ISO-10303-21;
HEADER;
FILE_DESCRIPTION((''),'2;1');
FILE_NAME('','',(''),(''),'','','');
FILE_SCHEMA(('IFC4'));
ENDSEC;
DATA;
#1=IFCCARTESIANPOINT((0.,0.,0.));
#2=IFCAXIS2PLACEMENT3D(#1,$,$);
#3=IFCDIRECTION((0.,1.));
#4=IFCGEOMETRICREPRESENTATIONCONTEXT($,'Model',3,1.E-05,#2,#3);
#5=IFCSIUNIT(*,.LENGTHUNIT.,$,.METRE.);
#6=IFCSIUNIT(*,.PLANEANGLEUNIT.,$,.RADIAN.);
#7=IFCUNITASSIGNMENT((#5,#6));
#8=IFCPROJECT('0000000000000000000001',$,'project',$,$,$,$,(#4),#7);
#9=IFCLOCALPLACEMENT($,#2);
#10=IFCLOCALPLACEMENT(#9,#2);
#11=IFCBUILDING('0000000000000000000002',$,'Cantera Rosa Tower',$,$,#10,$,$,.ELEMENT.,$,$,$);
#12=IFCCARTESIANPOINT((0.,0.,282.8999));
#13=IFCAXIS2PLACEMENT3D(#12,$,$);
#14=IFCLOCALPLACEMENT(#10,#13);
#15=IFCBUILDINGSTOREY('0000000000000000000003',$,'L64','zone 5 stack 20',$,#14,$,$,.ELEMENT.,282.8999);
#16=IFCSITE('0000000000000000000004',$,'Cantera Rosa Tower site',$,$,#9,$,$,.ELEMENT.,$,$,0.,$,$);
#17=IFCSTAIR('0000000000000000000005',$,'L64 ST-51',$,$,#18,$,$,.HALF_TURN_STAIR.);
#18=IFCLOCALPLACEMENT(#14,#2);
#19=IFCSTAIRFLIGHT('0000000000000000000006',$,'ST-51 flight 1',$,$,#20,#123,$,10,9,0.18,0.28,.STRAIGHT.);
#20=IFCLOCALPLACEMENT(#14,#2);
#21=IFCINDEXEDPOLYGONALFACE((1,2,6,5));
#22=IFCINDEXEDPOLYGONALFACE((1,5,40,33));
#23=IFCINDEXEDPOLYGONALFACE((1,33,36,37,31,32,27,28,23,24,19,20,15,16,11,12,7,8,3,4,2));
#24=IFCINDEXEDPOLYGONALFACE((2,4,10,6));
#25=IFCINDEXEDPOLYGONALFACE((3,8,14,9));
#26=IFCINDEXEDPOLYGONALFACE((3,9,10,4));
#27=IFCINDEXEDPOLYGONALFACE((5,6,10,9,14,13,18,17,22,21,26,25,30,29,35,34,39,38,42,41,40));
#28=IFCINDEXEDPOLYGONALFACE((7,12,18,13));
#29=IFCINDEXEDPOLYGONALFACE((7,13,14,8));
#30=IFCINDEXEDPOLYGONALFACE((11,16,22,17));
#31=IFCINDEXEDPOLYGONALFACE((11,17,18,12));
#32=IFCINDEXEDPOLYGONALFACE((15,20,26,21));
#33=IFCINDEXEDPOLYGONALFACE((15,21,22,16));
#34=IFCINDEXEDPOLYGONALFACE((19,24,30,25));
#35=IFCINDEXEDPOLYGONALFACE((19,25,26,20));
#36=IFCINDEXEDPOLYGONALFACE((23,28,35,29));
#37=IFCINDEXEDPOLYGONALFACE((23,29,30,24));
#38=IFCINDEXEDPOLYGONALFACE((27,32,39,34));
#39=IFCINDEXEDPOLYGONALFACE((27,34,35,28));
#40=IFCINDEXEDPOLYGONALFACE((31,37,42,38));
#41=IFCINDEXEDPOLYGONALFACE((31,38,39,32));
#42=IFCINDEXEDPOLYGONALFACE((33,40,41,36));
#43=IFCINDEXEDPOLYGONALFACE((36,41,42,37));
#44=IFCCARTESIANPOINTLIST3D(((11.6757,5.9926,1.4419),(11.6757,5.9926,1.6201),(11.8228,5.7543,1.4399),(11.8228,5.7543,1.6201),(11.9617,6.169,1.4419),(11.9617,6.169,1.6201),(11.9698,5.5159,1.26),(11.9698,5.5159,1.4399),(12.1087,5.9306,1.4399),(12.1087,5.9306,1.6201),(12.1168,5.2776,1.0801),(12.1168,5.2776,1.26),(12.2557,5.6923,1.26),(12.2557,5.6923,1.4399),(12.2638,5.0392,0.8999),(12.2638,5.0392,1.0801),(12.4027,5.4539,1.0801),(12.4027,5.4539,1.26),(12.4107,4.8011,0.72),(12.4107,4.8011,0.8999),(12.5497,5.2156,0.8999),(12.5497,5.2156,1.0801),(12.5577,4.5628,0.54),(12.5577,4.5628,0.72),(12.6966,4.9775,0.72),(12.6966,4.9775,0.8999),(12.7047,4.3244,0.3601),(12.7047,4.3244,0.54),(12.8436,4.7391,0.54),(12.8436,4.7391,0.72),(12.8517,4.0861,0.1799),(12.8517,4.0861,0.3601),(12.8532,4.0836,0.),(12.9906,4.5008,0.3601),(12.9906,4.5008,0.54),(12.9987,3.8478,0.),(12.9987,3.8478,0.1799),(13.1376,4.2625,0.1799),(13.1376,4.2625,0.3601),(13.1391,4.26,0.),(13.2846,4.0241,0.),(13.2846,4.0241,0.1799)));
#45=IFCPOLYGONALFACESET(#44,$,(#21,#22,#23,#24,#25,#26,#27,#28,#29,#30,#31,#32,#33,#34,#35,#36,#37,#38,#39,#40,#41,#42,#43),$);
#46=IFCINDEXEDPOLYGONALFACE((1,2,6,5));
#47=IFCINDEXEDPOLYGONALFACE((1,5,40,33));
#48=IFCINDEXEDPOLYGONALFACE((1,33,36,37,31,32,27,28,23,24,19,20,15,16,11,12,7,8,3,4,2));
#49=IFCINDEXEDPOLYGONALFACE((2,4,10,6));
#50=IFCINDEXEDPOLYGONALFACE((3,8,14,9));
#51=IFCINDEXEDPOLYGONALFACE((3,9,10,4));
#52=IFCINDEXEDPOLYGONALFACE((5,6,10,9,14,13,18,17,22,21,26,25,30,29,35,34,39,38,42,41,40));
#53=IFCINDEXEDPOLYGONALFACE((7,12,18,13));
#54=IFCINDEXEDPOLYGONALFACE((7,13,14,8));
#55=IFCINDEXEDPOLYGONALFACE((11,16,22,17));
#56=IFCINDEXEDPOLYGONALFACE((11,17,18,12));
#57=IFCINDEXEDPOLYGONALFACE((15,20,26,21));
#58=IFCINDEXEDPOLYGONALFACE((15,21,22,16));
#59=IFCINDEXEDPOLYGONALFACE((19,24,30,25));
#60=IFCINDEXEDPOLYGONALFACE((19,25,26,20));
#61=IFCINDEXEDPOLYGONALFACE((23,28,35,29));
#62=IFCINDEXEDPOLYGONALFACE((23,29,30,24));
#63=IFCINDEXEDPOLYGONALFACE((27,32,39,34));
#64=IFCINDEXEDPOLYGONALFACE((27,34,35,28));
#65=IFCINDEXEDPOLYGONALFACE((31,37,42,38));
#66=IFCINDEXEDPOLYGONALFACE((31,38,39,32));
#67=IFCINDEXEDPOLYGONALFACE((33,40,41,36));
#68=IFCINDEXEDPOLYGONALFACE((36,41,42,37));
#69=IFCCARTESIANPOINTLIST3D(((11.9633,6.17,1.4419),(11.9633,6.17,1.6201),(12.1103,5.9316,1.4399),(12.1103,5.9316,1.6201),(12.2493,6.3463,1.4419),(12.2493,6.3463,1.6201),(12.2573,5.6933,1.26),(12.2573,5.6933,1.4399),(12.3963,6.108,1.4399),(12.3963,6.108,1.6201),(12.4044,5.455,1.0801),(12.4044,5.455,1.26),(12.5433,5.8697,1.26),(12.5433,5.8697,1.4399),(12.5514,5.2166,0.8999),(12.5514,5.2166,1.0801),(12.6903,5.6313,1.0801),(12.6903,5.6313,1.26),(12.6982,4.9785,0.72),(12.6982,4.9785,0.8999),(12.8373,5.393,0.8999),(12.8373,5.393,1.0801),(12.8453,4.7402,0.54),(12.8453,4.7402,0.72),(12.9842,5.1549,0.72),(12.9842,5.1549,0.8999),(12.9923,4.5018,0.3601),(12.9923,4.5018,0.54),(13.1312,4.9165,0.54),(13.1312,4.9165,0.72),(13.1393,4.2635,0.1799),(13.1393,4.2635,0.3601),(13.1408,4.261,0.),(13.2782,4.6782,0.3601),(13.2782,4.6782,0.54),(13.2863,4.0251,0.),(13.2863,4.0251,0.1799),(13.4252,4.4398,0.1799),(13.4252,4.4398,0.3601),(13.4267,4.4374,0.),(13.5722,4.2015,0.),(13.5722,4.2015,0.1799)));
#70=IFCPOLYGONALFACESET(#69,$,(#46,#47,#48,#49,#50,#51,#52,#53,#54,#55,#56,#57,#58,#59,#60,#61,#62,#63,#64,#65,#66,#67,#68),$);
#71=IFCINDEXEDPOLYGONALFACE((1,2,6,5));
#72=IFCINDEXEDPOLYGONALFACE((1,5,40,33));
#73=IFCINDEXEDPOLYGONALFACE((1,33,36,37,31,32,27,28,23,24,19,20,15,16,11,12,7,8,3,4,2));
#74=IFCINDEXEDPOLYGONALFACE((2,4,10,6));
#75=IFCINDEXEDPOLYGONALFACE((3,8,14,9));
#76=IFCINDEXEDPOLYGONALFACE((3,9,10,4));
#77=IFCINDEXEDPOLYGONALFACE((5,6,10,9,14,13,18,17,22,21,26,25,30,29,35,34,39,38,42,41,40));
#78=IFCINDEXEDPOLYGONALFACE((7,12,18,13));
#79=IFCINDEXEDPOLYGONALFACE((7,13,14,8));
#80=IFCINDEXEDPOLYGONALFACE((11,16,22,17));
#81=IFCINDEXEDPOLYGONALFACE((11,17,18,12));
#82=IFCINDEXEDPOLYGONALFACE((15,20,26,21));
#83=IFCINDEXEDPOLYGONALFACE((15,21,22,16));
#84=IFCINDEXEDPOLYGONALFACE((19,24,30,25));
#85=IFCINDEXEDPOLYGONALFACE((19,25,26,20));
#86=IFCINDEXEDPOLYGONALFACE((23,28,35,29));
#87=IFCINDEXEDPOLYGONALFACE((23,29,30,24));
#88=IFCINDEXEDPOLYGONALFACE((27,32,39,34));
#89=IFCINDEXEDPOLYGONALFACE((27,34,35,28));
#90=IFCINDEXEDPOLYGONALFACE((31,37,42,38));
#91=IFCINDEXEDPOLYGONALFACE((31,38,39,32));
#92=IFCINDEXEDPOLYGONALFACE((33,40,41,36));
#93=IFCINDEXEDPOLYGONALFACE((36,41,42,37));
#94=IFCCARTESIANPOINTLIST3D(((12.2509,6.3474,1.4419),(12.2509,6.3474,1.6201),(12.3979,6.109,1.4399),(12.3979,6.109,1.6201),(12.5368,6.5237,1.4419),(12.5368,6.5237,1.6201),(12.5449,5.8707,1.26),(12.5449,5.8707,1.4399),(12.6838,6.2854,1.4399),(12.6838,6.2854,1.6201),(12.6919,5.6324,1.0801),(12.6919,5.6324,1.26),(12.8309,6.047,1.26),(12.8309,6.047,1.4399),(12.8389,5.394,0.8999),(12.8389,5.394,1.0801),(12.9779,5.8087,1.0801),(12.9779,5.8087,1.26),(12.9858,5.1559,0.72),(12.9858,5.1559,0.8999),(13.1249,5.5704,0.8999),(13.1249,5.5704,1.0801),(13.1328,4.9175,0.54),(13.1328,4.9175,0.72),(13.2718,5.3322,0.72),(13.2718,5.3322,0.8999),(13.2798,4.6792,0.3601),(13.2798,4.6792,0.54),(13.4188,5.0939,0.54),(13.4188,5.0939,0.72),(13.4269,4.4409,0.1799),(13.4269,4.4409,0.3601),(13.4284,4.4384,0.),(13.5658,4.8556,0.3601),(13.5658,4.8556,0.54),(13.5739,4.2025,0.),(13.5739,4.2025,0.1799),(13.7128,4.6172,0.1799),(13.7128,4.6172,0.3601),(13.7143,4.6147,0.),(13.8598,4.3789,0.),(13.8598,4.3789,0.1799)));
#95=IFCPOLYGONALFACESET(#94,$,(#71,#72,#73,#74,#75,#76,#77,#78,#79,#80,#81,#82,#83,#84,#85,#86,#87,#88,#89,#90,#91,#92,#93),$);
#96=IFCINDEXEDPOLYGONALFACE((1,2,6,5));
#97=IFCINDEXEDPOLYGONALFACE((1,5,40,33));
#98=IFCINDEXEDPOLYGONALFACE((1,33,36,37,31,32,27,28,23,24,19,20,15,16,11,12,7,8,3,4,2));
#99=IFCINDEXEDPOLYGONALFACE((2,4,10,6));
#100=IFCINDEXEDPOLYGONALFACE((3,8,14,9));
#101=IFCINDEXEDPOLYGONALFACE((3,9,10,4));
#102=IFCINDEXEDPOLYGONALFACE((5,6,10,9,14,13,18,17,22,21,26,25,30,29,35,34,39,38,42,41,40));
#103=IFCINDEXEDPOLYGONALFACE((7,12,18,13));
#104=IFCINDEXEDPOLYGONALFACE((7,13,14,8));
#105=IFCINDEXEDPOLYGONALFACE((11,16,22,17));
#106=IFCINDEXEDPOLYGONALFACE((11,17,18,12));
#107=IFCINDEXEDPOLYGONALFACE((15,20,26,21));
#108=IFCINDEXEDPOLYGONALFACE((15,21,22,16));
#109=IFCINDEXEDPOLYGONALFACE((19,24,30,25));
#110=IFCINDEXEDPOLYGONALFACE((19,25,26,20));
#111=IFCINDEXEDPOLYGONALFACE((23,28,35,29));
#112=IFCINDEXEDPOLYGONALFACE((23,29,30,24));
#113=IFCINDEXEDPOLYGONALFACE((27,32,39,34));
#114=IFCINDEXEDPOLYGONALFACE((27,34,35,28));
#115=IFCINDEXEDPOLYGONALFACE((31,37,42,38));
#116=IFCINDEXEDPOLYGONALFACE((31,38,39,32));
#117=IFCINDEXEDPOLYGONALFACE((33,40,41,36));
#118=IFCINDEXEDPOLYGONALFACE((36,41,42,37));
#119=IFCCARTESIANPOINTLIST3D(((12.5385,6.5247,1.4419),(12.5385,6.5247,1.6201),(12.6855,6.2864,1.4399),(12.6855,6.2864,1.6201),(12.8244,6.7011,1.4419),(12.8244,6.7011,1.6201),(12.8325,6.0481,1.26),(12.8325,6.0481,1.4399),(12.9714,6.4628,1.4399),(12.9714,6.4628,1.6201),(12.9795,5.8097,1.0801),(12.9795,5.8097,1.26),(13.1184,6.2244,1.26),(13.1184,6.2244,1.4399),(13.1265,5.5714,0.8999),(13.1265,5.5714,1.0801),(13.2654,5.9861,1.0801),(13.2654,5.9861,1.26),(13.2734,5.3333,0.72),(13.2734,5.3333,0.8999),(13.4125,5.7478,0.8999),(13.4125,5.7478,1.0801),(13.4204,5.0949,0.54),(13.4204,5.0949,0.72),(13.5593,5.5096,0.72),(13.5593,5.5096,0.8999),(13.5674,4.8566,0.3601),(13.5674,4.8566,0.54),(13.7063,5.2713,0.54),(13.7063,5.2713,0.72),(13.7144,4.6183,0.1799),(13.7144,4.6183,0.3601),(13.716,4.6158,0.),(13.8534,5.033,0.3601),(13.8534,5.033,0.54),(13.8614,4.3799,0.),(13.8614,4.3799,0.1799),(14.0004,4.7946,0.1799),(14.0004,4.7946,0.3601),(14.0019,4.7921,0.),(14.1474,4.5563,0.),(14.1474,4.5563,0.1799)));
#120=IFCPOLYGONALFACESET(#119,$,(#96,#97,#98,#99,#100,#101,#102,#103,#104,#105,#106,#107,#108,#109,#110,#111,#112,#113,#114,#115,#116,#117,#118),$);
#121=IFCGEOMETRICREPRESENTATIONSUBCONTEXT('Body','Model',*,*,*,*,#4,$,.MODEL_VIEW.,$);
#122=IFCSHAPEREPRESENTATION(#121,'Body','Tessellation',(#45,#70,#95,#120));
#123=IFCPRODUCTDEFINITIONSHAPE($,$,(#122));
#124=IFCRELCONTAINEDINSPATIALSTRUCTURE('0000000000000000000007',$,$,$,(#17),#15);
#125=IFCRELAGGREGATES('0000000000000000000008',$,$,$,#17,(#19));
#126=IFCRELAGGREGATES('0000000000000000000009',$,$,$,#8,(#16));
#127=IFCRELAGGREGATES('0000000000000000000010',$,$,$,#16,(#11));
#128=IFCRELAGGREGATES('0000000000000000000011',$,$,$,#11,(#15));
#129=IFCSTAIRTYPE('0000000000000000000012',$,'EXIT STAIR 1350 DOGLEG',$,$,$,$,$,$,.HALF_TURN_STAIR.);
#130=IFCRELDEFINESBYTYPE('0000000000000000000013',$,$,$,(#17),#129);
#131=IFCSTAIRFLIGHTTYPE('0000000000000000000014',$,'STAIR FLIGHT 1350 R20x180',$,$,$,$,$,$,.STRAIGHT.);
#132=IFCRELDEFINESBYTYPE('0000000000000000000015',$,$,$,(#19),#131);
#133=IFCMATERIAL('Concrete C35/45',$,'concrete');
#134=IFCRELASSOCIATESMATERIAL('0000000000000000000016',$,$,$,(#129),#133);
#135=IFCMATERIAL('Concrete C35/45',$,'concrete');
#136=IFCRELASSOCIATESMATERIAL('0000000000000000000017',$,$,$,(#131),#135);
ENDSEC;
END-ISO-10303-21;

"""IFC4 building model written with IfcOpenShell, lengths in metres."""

from ifc_helpers import new_model, si_unit, direction, frame, origin, place, context, subcontext, project, spatial, polyline, outline, extrude, material, type_object, element, aggregate, save


model = new_model("IFC4")

# Units and contexts
model_context = context("Model", 3, precision=1e-05, world=origin(), true_north=direction((0.0, 1.0)))
body_context = subcontext(model_context, "Body", "Model", "MODEL_VIEW")
ifc_project = project(units=[si_unit("LENGTHUNIT", "METRE"), si_unit("PLANEANGLEUNIT", "RADIAN")], contexts=[model_context])

# Site, building, storey
site_placement = place(None, origin())
site = spatial("IfcSite", under=ifc_project, at=site_placement, Name="Cantera Rosa Tower site", CompositionType="ELEMENT", RefElevation=0.0)
building_placement = place(site_placement, origin())
building = spatial("IfcBuilding", under=site, at=building_placement, Name="Cantera Rosa Tower", CompositionType="ELEMENT")
storey_placement = place(building_placement, frame((0.0, 0.0, 282.8999)))
storey = spatial("IfcBuildingStorey", under=building, at=storey_placement, Name="L64", Description="zone 5 stack 20", CompositionType="ELEMENT", Elevation=282.8999)

# Shared definitions
ifc_material_1 = material(Name="Concrete C35/45", Category="concrete")
stair_type_1 = type_object("IfcStairType", Name="EXIT STAIR 1350 DOGLEG", PredefinedType="HALF_TURN_STAIR", material=ifc_material_1)

# Stair, stair flight
stair_1_placement = place(storey_placement, origin())
stair_1 = element("IfcStair", 1, at=stair_1_placement, inside=storey, type_object=stair_type_1, Name="L64 ST-51", PredefinedType="HALF_TURN_STAIR")
ifc_material_2 = material(Name="Concrete C35/45", Category="concrete")
stair_flight_type = type_object("IfcStairFlightType", Name="STAIR FLIGHT 1350 R20x180", PredefinedType="STRAIGHT", material=ifc_material_2)
stair_flight_1_placement = place(storey_placement, frame((13.5732, 4.2021, 0.0), z_axis=(0.0, 0.0, 1.0), x_axis=(-0.524977, 0.851117, 0.0)))
stair_flight_1 = element("IfcStairFlight", 2, at=stair_flight_1_placement, type_object=stair_flight_type, Name="ST-51 flight 1", NumberOfRisers=10, NumberOfTreads=9, PredefinedType="STRAIGHT", RiserHeight=0.18, TreadLength=0.28, context=body_context, shape_type="SweptSolid", body=[
    extrude(outline(polyline([(0.0, 0.0), (0.0, 0.1799), (0.28, 0.1799), (0.28, 0.3601), (0.5601, 0.3601), (0.5601, 0.54), (0.8401, 0.54), (0.8401, 0.72), (1.1201, 0.72), (1.1201, 0.8999), (1.3999, 0.8999), (1.3999, 1.0801), (1.6799, 1.0801), (1.6799, 1.26), (1.96, 1.26), (1.96, 1.4399), (2.24, 1.4399), (2.24, 1.6201), (2.52, 1.6201), (2.52, 1.8), (2.52, 1.4419), (0.2771, 0.0), (0.0, 0.0)])), frame((0.0, 0.675, 0.0), z_axis=(0.0, -1.0, 0.0), x_axis=(1.0, 0.0, 0.0)), (0.0, 0.0, 1.0), 0.3359),
    extrude(outline(polyline([(0.0, 0.0), (0.0, 0.1799), (0.28, 0.1799), (0.28, 0.3601), (0.5601, 0.3601), (0.5601, 0.54), (0.8401, 0.54), (0.8401, 0.72), (1.1201, 0.72), (1.1201, 0.8999), (1.3999, 0.8999), (1.3999, 1.0801), (1.6799, 1.0801), (1.6799, 1.26), (1.96, 1.26), (1.96, 1.4399), (2.24, 1.4399), (2.24, 1.6201), (2.52, 1.6201), (2.52, 1.8), (2.52, 1.4419), (0.2771, 0.0), (0.0, 0.0)])), frame((0.0, 0.3372, 0.0), z_axis=(0.0, -1.0, 0.0), x_axis=(1.0, 0.0, 0.0)), (0.0, 0.0, 1.0), 0.3359),
    extrude(outline(polyline([(0.0, 0.0), (0.0, 0.1799), (0.28, 0.1799), (0.28, 0.3601), (0.5601, 0.3601), (0.5601, 0.54), (0.8401, 0.54), (0.8401, 0.72), (1.1201, 0.72), (1.1201, 0.8999), (1.3999, 0.8999), (1.3999, 1.0801), (1.6799, 1.0801), (1.6799, 1.26), (1.96, 1.26), (1.96, 1.4399), (2.24, 1.4399), (2.24, 1.6201), (2.52, 1.6201), (2.52, 1.8), (2.52, 1.4419), (0.2771, 0.0), (0.0, 0.0)])), frame((0.0, -0.0007, 0.0), z_axis=(0.0, -1.0, 0.0), x_axis=(1.0, 0.0, 0.0)), (0.0, 0.0, 1.0), 0.3359),
    extrude(outline(polyline([(0.0, 0.0), (0.0, 0.1799), (0.28, 0.1799), (0.28, 0.3601), (0.5601, 0.3601), (0.5601, 0.54), (0.8401, 0.54), (0.8401, 0.72), (1.1201, 0.72), (1.1201, 0.8999), (1.3999, 0.8999), (1.3999, 1.0801), (1.6799, 1.0801), (1.6799, 1.26), (1.96, 1.26), (1.96, 1.4399), (2.24, 1.4399), (2.24, 1.6201), (2.52, 1.6201), (2.52, 1.8), (2.52, 1.4419), (0.2771, 0.0), (0.0, 0.0)])), frame((0.0, -0.3386, 0.0), z_axis=(0.0, -1.0, 0.0), x_axis=(1.0, 0.0, 0.0)), (0.0, 0.0, 1.0), 0.3359),
])
aggregate(stair_1, [stair_flight_1])

save(model, "model.ifc")
